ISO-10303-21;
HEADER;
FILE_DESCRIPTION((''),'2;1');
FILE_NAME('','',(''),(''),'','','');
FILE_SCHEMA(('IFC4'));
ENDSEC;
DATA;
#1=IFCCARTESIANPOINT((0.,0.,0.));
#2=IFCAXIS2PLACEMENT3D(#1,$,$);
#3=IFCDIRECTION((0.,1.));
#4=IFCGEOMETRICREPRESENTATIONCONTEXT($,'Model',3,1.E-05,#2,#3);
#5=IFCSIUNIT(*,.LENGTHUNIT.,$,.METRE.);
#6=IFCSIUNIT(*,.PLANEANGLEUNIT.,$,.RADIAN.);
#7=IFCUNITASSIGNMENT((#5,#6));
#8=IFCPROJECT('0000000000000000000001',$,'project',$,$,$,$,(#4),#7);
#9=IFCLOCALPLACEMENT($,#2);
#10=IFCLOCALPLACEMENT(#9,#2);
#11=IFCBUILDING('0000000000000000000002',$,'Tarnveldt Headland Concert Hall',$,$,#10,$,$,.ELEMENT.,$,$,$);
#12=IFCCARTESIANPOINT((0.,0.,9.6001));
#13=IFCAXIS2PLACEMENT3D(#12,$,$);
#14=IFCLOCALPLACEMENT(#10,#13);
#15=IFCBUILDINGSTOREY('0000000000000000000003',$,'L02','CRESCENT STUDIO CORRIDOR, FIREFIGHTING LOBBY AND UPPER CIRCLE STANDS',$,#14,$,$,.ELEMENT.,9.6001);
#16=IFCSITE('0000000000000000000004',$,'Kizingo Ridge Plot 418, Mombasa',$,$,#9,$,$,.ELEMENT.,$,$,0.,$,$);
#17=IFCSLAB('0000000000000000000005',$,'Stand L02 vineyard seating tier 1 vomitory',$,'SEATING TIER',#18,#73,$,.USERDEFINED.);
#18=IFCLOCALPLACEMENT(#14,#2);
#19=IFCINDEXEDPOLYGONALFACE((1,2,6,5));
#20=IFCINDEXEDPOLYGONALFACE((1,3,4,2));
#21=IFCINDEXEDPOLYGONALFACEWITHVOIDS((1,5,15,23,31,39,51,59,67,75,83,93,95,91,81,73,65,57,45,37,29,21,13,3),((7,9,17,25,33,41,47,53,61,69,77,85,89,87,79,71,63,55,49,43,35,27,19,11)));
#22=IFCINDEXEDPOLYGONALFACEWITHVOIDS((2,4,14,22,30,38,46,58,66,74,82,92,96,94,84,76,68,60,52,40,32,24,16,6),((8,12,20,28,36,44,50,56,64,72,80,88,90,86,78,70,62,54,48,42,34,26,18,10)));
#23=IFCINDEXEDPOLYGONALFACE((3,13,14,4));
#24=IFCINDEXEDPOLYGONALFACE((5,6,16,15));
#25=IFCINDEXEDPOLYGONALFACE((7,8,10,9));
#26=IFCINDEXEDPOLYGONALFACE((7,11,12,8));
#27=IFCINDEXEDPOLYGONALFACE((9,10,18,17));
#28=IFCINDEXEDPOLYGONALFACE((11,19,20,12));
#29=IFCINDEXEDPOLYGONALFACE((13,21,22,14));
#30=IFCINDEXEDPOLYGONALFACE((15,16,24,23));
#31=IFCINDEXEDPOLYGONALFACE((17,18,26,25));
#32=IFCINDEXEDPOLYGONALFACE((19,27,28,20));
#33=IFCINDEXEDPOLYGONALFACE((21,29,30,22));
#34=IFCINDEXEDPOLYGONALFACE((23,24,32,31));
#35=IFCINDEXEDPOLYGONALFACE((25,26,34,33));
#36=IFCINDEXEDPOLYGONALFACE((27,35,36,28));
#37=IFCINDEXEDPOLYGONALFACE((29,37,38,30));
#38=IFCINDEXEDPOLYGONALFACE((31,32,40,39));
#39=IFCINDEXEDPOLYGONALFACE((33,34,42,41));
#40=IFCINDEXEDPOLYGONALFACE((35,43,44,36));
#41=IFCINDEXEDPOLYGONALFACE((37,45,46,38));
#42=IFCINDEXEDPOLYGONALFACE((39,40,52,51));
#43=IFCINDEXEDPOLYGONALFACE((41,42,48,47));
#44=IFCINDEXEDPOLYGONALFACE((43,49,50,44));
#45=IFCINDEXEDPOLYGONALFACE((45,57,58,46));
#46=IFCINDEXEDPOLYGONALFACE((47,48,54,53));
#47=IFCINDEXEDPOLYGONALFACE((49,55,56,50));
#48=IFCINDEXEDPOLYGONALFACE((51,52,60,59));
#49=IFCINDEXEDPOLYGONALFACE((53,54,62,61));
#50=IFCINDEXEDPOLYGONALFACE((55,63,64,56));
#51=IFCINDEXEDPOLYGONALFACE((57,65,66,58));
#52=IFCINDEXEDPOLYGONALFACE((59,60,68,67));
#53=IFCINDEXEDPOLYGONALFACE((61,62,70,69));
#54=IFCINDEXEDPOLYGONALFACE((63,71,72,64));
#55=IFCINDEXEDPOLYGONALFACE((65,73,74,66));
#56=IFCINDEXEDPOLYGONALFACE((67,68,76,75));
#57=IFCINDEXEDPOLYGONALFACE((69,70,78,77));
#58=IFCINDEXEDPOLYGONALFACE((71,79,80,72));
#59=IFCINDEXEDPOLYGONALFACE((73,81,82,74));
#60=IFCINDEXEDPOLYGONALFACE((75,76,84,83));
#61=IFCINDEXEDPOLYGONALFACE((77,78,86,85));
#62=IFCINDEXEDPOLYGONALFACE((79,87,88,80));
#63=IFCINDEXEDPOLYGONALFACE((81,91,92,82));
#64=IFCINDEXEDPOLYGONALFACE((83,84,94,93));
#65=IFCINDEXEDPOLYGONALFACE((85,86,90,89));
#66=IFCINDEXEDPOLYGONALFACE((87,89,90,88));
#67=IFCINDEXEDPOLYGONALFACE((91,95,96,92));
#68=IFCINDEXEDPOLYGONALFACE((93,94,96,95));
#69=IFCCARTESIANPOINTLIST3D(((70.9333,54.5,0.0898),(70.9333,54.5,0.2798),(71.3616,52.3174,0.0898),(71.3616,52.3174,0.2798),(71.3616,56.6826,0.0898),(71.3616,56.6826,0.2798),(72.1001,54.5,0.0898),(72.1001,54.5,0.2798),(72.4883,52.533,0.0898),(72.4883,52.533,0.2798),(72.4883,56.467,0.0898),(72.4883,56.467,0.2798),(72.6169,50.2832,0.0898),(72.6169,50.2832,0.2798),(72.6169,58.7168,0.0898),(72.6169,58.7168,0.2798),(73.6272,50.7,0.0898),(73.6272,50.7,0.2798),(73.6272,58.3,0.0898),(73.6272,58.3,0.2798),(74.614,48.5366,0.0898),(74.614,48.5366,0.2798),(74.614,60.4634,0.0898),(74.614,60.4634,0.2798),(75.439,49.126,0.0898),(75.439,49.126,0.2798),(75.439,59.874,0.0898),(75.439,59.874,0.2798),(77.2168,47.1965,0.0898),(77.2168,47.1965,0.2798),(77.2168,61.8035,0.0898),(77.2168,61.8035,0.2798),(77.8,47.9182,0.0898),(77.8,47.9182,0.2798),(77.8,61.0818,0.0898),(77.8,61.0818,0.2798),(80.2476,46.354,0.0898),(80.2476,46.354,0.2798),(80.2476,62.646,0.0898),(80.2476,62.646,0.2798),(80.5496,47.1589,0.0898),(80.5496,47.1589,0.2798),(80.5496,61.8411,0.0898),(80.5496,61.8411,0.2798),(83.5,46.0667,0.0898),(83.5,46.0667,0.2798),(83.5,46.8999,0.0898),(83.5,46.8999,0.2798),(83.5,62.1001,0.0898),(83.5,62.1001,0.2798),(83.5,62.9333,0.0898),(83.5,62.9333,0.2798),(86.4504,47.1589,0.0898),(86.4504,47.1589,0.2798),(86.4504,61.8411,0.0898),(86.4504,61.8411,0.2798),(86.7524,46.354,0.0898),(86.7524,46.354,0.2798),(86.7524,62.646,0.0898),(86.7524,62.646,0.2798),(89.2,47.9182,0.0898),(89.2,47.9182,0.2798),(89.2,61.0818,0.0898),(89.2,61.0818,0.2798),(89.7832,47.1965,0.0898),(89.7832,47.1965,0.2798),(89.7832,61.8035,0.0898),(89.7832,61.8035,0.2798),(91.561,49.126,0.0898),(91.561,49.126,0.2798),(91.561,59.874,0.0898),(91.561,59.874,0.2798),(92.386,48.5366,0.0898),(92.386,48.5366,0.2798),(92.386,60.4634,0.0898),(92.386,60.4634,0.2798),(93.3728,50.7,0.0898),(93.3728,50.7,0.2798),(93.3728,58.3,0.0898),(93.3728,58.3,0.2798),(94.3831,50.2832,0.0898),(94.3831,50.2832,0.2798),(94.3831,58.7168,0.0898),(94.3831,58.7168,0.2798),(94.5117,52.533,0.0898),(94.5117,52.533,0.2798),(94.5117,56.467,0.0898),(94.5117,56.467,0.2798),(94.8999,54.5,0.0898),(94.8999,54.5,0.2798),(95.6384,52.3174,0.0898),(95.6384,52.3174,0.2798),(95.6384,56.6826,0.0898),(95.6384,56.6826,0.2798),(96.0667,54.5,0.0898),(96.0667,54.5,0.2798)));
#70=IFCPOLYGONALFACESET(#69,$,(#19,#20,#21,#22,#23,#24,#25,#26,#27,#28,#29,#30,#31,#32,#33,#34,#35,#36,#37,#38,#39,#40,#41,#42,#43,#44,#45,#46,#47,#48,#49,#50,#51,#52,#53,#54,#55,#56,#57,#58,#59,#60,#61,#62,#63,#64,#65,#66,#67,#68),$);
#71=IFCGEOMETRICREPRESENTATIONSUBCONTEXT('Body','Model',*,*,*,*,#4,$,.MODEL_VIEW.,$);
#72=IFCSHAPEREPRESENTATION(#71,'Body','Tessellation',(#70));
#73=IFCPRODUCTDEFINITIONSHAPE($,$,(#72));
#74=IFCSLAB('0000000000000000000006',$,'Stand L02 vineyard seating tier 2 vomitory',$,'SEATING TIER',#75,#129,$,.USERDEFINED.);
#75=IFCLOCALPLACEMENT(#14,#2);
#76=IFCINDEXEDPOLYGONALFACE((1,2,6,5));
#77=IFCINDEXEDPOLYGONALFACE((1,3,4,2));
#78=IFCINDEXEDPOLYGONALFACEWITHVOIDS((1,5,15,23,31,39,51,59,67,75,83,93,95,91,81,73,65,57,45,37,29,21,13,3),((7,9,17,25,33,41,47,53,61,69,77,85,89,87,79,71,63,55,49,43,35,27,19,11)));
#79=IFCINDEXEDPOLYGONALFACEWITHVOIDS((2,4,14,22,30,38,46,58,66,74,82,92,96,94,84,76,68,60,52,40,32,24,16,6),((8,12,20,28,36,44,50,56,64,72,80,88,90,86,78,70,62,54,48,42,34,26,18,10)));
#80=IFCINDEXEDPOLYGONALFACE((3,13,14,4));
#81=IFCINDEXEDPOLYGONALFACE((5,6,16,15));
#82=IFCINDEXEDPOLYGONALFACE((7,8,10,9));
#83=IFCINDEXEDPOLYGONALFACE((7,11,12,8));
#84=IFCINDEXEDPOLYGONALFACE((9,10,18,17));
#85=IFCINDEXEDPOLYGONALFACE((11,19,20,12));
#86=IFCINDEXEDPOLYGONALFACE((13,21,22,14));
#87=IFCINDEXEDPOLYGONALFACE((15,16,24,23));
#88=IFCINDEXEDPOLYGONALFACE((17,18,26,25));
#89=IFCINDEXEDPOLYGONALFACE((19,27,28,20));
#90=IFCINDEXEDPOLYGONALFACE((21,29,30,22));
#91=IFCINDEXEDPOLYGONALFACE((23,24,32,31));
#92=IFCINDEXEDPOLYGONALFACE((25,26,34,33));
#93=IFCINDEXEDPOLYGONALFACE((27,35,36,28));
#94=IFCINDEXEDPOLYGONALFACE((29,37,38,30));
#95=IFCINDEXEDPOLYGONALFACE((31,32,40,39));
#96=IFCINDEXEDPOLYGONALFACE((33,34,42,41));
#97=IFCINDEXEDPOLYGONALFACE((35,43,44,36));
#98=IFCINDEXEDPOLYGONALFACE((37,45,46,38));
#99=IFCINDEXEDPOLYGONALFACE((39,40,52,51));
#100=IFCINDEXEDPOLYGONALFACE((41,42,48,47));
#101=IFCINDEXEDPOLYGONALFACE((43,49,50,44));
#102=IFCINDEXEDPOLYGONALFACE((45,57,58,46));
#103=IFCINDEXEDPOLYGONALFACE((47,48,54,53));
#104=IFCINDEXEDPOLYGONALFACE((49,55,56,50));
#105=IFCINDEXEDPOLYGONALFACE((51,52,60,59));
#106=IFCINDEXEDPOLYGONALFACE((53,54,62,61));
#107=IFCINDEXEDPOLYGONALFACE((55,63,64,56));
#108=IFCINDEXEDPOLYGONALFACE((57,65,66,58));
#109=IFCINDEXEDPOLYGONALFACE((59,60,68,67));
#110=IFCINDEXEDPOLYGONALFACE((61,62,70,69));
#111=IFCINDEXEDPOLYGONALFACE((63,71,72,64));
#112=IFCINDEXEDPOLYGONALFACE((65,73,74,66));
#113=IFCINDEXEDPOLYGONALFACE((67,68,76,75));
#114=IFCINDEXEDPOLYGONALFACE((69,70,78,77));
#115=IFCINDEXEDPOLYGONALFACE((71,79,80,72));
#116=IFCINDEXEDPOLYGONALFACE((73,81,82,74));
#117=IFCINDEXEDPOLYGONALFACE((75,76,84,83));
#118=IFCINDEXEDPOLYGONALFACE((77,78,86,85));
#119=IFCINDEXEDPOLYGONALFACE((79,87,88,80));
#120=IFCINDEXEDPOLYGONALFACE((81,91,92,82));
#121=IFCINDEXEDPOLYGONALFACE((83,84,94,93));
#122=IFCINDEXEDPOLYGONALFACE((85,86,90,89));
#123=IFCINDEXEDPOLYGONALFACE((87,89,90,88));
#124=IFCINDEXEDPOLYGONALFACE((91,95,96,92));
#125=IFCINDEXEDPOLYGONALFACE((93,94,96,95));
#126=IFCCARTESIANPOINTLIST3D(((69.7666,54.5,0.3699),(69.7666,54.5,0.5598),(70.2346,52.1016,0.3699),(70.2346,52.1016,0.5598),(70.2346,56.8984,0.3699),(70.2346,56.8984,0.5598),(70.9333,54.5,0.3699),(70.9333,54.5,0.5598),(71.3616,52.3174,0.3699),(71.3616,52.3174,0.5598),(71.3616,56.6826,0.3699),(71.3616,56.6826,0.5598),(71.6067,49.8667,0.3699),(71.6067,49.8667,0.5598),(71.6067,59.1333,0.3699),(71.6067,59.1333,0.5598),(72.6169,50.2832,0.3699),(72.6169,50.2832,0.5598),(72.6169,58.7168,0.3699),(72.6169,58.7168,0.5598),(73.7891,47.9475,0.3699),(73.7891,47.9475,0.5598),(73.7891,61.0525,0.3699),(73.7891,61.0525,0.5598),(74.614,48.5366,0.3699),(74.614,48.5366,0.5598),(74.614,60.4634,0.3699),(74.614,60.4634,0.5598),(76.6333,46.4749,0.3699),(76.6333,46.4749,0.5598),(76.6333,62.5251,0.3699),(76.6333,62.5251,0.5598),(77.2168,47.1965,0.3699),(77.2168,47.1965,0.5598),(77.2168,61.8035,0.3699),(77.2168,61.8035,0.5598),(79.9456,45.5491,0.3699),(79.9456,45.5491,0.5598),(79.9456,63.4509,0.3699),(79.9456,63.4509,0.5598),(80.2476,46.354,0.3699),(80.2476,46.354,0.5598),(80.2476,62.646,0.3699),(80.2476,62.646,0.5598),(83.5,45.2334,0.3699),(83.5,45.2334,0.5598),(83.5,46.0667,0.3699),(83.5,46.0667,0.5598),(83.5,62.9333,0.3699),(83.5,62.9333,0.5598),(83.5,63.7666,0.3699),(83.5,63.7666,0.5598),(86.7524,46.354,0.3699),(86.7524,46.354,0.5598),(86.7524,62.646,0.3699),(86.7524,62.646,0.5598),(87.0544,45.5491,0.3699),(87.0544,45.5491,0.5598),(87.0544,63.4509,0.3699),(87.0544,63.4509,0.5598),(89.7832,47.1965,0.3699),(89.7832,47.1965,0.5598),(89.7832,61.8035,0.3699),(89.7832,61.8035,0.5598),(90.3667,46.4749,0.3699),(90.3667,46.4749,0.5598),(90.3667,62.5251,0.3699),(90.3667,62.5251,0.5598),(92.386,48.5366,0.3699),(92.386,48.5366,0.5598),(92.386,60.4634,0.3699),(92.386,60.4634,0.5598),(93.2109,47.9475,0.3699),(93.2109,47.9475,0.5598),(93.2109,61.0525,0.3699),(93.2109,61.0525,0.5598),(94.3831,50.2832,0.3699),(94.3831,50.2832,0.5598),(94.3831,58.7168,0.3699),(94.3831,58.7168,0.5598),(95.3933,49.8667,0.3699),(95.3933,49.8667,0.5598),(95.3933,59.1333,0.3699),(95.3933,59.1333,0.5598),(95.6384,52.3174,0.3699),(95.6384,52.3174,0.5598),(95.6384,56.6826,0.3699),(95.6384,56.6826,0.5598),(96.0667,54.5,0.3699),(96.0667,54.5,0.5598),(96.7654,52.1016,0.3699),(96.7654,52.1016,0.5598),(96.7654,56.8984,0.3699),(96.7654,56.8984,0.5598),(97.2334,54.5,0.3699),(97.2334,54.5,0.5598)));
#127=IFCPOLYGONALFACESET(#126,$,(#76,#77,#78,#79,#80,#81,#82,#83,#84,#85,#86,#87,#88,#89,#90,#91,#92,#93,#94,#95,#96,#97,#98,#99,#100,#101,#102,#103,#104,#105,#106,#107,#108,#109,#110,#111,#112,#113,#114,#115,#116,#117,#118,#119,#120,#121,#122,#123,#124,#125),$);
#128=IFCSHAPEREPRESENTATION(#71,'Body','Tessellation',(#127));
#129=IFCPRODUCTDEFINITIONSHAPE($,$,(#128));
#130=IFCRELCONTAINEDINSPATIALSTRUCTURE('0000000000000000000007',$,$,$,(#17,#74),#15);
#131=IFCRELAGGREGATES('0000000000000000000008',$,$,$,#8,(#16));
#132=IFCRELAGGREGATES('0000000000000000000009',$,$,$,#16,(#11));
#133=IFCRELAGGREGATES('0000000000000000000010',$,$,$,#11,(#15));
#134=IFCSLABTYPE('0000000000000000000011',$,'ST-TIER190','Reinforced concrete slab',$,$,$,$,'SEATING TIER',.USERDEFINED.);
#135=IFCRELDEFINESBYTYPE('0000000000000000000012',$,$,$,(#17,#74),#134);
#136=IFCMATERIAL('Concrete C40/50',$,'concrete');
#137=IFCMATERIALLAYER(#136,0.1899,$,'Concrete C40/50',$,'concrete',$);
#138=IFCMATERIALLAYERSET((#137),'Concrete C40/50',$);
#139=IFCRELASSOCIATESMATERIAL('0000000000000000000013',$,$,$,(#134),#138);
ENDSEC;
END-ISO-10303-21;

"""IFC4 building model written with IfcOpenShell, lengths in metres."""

from ifc_helpers import new_model, si_unit, direction, frame, origin, place, context, subcontext, project, spatial, polyline, outline, extrude, material, layer, layer_set, type_object, element, save


model = new_model("IFC4")

# Units and contexts
model_context = context("Model", 3, precision=1e-05, world=origin(), true_north=direction((0.0, 1.0)))
body_context = subcontext(model_context, "Body", "Model", "MODEL_VIEW")
ifc_project = project(units=[si_unit("LENGTHUNIT", "METRE"), si_unit("PLANEANGLEUNIT", "RADIAN")], contexts=[model_context])

# Site, building, storey
site_placement = place(None, origin())
site = spatial("IfcSite", under=ifc_project, at=site_placement, Name="Kizingo Ridge Plot 418, Mombasa", CompositionType="ELEMENT", RefElevation=0.0)
building_placement = place(site_placement, origin())
building = spatial("IfcBuilding", under=site, at=building_placement, Name="Tarnveldt Headland Concert Hall", CompositionType="ELEMENT")
storey_placement = place(building_placement, frame((0.0, 0.0, 9.6001)))
storey = spatial("IfcBuildingStorey", under=building, at=storey_placement, Name="L02", Description="CRESCENT STUDIO CORRIDOR, FIREFIGHTING LOBBY AND UPPER CIRCLE STANDS", CompositionType="ELEMENT", Elevation=9.6001)

# Shared definitions
ifc_material_1 = material(Name="Concrete C40/50", Category="concrete")

# Slabs
ifc_layer_1 = layer(ifc_material_1, 0.1899, Name="Concrete C40/50", Category="concrete")
ifc_layer_set_1 = layer_set([ifc_layer_1], Name="Concrete C40/50")
slab_type_1 = type_object("IfcSlabType", Name="ST-TIER190", Description="Reinforced concrete slab", ElementType="SEATING TIER", PredefinedType="USERDEFINED", material=ifc_layer_set_1)
slab_1_placement = place(storey_placement, frame((0.0, 0.0, 0.0898)))
element("IfcSlab", 1, at=slab_1_placement, inside=storey, type_object=slab_type_1, Name="Stand L02 vineyard seating tier 1 vomitory", ObjectType="SEATING TIER", PredefinedType="USERDEFINED", context=body_context, shape_type="SweptSolid", body=[
    extrude(outline(polyline([(96.0667, 54.5), (95.6384, 56.6826), (94.3831, 58.7168), (92.386, 60.4634), (89.7832, 61.8035), (86.7524, 62.646), (83.5, 62.9333), (80.2476, 62.646), (77.2168, 61.8035), (74.614, 60.4634), (72.6169, 58.7168), (71.3616, 56.6826), (70.9333, 54.5), (71.3616, 52.3174), (72.6169, 50.2832), (74.614, 48.5366), (77.2168, 47.1965), (80.2476, 46.354), (83.5, 46.0667), (86.7524, 46.354), (89.7832, 47.1965), (92.386, 48.5366), (94.3831, 50.2832), (95.6384, 52.3174), (96.0667, 54.5)]), holes=[polyline([(94.5117, 52.533), (93.3728, 50.7), (91.561, 49.126), (89.2, 47.9182), (86.4504, 47.1589), (83.5, 46.8999), (80.5496, 47.1589), (77.8, 47.9182), (75.439, 49.126), (73.6272, 50.7), (72.4883, 52.533), (72.1001, 54.5), (72.4883, 56.467), (73.6272, 58.3), (75.439, 59.874), (77.8, 61.0818), (80.5496, 61.8411), (83.5, 62.1001), (86.4504, 61.8411), (89.2, 61.0818), (91.561, 59.874), (93.3728, 58.3), (94.5117, 56.467), (94.8999, 54.5), (94.5117, 52.533)])]), origin(), (0.0, 0.0, 1.0), 0.1899),
])
slab_2_placement = place(storey_placement, frame((0.0, 0.0, 0.3699)))
element("IfcSlab", 2, at=slab_2_placement, inside=storey, type_object=slab_type_1, Name="Stand L02 vineyard seating tier 2 vomitory", ObjectType="SEATING TIER", PredefinedType="USERDEFINED", context=body_context, shape_type="SweptSolid", body=[
    extrude(outline(polyline([(97.2334, 54.5), (96.7654, 56.8984), (95.3933, 59.1333), (93.2109, 61.0525), (90.3667, 62.5251), (87.0544, 63.4509), (83.5, 63.7666), (79.9456, 63.4509), (76.6333, 62.5251), (73.7891, 61.0525), (71.6067, 59.1333), (70.2346, 56.8984), (69.7666, 54.5), (70.2346, 52.1016), (71.6067, 49.8667), (73.7891, 47.9475), (76.6333, 46.4749), (79.9456, 45.5491), (83.5, 45.2334), (87.0544, 45.5491), (90.3667, 46.4749), (93.2109, 47.9475), (95.3933, 49.8667), (96.7654, 52.1016), (97.2334, 54.5)]), holes=[polyline([(95.6384, 52.3174), (94.3831, 50.2832), (92.386, 48.5366), (89.7832, 47.1965), (86.7524, 46.354), (83.5, 46.0667), (80.2476, 46.354), (77.2168, 47.1965), (74.614, 48.5366), (72.6169, 50.2832), (71.3616, 52.3174), (70.9333, 54.5), (71.3616, 56.6826), (72.6169, 58.7168), (74.614, 60.4634), (77.2168, 61.8035), (80.2476, 62.646), (83.5, 62.9333), (86.7524, 62.646), (89.7832, 61.8035), (92.386, 60.4634), (94.3831, 58.7168), (95.6384, 56.6826), (96.0667, 54.5), (95.6384, 52.3174)])]), origin(), (0.0, 0.0, 1.0), 0.1899),
])

save(model, "model.ifc")
